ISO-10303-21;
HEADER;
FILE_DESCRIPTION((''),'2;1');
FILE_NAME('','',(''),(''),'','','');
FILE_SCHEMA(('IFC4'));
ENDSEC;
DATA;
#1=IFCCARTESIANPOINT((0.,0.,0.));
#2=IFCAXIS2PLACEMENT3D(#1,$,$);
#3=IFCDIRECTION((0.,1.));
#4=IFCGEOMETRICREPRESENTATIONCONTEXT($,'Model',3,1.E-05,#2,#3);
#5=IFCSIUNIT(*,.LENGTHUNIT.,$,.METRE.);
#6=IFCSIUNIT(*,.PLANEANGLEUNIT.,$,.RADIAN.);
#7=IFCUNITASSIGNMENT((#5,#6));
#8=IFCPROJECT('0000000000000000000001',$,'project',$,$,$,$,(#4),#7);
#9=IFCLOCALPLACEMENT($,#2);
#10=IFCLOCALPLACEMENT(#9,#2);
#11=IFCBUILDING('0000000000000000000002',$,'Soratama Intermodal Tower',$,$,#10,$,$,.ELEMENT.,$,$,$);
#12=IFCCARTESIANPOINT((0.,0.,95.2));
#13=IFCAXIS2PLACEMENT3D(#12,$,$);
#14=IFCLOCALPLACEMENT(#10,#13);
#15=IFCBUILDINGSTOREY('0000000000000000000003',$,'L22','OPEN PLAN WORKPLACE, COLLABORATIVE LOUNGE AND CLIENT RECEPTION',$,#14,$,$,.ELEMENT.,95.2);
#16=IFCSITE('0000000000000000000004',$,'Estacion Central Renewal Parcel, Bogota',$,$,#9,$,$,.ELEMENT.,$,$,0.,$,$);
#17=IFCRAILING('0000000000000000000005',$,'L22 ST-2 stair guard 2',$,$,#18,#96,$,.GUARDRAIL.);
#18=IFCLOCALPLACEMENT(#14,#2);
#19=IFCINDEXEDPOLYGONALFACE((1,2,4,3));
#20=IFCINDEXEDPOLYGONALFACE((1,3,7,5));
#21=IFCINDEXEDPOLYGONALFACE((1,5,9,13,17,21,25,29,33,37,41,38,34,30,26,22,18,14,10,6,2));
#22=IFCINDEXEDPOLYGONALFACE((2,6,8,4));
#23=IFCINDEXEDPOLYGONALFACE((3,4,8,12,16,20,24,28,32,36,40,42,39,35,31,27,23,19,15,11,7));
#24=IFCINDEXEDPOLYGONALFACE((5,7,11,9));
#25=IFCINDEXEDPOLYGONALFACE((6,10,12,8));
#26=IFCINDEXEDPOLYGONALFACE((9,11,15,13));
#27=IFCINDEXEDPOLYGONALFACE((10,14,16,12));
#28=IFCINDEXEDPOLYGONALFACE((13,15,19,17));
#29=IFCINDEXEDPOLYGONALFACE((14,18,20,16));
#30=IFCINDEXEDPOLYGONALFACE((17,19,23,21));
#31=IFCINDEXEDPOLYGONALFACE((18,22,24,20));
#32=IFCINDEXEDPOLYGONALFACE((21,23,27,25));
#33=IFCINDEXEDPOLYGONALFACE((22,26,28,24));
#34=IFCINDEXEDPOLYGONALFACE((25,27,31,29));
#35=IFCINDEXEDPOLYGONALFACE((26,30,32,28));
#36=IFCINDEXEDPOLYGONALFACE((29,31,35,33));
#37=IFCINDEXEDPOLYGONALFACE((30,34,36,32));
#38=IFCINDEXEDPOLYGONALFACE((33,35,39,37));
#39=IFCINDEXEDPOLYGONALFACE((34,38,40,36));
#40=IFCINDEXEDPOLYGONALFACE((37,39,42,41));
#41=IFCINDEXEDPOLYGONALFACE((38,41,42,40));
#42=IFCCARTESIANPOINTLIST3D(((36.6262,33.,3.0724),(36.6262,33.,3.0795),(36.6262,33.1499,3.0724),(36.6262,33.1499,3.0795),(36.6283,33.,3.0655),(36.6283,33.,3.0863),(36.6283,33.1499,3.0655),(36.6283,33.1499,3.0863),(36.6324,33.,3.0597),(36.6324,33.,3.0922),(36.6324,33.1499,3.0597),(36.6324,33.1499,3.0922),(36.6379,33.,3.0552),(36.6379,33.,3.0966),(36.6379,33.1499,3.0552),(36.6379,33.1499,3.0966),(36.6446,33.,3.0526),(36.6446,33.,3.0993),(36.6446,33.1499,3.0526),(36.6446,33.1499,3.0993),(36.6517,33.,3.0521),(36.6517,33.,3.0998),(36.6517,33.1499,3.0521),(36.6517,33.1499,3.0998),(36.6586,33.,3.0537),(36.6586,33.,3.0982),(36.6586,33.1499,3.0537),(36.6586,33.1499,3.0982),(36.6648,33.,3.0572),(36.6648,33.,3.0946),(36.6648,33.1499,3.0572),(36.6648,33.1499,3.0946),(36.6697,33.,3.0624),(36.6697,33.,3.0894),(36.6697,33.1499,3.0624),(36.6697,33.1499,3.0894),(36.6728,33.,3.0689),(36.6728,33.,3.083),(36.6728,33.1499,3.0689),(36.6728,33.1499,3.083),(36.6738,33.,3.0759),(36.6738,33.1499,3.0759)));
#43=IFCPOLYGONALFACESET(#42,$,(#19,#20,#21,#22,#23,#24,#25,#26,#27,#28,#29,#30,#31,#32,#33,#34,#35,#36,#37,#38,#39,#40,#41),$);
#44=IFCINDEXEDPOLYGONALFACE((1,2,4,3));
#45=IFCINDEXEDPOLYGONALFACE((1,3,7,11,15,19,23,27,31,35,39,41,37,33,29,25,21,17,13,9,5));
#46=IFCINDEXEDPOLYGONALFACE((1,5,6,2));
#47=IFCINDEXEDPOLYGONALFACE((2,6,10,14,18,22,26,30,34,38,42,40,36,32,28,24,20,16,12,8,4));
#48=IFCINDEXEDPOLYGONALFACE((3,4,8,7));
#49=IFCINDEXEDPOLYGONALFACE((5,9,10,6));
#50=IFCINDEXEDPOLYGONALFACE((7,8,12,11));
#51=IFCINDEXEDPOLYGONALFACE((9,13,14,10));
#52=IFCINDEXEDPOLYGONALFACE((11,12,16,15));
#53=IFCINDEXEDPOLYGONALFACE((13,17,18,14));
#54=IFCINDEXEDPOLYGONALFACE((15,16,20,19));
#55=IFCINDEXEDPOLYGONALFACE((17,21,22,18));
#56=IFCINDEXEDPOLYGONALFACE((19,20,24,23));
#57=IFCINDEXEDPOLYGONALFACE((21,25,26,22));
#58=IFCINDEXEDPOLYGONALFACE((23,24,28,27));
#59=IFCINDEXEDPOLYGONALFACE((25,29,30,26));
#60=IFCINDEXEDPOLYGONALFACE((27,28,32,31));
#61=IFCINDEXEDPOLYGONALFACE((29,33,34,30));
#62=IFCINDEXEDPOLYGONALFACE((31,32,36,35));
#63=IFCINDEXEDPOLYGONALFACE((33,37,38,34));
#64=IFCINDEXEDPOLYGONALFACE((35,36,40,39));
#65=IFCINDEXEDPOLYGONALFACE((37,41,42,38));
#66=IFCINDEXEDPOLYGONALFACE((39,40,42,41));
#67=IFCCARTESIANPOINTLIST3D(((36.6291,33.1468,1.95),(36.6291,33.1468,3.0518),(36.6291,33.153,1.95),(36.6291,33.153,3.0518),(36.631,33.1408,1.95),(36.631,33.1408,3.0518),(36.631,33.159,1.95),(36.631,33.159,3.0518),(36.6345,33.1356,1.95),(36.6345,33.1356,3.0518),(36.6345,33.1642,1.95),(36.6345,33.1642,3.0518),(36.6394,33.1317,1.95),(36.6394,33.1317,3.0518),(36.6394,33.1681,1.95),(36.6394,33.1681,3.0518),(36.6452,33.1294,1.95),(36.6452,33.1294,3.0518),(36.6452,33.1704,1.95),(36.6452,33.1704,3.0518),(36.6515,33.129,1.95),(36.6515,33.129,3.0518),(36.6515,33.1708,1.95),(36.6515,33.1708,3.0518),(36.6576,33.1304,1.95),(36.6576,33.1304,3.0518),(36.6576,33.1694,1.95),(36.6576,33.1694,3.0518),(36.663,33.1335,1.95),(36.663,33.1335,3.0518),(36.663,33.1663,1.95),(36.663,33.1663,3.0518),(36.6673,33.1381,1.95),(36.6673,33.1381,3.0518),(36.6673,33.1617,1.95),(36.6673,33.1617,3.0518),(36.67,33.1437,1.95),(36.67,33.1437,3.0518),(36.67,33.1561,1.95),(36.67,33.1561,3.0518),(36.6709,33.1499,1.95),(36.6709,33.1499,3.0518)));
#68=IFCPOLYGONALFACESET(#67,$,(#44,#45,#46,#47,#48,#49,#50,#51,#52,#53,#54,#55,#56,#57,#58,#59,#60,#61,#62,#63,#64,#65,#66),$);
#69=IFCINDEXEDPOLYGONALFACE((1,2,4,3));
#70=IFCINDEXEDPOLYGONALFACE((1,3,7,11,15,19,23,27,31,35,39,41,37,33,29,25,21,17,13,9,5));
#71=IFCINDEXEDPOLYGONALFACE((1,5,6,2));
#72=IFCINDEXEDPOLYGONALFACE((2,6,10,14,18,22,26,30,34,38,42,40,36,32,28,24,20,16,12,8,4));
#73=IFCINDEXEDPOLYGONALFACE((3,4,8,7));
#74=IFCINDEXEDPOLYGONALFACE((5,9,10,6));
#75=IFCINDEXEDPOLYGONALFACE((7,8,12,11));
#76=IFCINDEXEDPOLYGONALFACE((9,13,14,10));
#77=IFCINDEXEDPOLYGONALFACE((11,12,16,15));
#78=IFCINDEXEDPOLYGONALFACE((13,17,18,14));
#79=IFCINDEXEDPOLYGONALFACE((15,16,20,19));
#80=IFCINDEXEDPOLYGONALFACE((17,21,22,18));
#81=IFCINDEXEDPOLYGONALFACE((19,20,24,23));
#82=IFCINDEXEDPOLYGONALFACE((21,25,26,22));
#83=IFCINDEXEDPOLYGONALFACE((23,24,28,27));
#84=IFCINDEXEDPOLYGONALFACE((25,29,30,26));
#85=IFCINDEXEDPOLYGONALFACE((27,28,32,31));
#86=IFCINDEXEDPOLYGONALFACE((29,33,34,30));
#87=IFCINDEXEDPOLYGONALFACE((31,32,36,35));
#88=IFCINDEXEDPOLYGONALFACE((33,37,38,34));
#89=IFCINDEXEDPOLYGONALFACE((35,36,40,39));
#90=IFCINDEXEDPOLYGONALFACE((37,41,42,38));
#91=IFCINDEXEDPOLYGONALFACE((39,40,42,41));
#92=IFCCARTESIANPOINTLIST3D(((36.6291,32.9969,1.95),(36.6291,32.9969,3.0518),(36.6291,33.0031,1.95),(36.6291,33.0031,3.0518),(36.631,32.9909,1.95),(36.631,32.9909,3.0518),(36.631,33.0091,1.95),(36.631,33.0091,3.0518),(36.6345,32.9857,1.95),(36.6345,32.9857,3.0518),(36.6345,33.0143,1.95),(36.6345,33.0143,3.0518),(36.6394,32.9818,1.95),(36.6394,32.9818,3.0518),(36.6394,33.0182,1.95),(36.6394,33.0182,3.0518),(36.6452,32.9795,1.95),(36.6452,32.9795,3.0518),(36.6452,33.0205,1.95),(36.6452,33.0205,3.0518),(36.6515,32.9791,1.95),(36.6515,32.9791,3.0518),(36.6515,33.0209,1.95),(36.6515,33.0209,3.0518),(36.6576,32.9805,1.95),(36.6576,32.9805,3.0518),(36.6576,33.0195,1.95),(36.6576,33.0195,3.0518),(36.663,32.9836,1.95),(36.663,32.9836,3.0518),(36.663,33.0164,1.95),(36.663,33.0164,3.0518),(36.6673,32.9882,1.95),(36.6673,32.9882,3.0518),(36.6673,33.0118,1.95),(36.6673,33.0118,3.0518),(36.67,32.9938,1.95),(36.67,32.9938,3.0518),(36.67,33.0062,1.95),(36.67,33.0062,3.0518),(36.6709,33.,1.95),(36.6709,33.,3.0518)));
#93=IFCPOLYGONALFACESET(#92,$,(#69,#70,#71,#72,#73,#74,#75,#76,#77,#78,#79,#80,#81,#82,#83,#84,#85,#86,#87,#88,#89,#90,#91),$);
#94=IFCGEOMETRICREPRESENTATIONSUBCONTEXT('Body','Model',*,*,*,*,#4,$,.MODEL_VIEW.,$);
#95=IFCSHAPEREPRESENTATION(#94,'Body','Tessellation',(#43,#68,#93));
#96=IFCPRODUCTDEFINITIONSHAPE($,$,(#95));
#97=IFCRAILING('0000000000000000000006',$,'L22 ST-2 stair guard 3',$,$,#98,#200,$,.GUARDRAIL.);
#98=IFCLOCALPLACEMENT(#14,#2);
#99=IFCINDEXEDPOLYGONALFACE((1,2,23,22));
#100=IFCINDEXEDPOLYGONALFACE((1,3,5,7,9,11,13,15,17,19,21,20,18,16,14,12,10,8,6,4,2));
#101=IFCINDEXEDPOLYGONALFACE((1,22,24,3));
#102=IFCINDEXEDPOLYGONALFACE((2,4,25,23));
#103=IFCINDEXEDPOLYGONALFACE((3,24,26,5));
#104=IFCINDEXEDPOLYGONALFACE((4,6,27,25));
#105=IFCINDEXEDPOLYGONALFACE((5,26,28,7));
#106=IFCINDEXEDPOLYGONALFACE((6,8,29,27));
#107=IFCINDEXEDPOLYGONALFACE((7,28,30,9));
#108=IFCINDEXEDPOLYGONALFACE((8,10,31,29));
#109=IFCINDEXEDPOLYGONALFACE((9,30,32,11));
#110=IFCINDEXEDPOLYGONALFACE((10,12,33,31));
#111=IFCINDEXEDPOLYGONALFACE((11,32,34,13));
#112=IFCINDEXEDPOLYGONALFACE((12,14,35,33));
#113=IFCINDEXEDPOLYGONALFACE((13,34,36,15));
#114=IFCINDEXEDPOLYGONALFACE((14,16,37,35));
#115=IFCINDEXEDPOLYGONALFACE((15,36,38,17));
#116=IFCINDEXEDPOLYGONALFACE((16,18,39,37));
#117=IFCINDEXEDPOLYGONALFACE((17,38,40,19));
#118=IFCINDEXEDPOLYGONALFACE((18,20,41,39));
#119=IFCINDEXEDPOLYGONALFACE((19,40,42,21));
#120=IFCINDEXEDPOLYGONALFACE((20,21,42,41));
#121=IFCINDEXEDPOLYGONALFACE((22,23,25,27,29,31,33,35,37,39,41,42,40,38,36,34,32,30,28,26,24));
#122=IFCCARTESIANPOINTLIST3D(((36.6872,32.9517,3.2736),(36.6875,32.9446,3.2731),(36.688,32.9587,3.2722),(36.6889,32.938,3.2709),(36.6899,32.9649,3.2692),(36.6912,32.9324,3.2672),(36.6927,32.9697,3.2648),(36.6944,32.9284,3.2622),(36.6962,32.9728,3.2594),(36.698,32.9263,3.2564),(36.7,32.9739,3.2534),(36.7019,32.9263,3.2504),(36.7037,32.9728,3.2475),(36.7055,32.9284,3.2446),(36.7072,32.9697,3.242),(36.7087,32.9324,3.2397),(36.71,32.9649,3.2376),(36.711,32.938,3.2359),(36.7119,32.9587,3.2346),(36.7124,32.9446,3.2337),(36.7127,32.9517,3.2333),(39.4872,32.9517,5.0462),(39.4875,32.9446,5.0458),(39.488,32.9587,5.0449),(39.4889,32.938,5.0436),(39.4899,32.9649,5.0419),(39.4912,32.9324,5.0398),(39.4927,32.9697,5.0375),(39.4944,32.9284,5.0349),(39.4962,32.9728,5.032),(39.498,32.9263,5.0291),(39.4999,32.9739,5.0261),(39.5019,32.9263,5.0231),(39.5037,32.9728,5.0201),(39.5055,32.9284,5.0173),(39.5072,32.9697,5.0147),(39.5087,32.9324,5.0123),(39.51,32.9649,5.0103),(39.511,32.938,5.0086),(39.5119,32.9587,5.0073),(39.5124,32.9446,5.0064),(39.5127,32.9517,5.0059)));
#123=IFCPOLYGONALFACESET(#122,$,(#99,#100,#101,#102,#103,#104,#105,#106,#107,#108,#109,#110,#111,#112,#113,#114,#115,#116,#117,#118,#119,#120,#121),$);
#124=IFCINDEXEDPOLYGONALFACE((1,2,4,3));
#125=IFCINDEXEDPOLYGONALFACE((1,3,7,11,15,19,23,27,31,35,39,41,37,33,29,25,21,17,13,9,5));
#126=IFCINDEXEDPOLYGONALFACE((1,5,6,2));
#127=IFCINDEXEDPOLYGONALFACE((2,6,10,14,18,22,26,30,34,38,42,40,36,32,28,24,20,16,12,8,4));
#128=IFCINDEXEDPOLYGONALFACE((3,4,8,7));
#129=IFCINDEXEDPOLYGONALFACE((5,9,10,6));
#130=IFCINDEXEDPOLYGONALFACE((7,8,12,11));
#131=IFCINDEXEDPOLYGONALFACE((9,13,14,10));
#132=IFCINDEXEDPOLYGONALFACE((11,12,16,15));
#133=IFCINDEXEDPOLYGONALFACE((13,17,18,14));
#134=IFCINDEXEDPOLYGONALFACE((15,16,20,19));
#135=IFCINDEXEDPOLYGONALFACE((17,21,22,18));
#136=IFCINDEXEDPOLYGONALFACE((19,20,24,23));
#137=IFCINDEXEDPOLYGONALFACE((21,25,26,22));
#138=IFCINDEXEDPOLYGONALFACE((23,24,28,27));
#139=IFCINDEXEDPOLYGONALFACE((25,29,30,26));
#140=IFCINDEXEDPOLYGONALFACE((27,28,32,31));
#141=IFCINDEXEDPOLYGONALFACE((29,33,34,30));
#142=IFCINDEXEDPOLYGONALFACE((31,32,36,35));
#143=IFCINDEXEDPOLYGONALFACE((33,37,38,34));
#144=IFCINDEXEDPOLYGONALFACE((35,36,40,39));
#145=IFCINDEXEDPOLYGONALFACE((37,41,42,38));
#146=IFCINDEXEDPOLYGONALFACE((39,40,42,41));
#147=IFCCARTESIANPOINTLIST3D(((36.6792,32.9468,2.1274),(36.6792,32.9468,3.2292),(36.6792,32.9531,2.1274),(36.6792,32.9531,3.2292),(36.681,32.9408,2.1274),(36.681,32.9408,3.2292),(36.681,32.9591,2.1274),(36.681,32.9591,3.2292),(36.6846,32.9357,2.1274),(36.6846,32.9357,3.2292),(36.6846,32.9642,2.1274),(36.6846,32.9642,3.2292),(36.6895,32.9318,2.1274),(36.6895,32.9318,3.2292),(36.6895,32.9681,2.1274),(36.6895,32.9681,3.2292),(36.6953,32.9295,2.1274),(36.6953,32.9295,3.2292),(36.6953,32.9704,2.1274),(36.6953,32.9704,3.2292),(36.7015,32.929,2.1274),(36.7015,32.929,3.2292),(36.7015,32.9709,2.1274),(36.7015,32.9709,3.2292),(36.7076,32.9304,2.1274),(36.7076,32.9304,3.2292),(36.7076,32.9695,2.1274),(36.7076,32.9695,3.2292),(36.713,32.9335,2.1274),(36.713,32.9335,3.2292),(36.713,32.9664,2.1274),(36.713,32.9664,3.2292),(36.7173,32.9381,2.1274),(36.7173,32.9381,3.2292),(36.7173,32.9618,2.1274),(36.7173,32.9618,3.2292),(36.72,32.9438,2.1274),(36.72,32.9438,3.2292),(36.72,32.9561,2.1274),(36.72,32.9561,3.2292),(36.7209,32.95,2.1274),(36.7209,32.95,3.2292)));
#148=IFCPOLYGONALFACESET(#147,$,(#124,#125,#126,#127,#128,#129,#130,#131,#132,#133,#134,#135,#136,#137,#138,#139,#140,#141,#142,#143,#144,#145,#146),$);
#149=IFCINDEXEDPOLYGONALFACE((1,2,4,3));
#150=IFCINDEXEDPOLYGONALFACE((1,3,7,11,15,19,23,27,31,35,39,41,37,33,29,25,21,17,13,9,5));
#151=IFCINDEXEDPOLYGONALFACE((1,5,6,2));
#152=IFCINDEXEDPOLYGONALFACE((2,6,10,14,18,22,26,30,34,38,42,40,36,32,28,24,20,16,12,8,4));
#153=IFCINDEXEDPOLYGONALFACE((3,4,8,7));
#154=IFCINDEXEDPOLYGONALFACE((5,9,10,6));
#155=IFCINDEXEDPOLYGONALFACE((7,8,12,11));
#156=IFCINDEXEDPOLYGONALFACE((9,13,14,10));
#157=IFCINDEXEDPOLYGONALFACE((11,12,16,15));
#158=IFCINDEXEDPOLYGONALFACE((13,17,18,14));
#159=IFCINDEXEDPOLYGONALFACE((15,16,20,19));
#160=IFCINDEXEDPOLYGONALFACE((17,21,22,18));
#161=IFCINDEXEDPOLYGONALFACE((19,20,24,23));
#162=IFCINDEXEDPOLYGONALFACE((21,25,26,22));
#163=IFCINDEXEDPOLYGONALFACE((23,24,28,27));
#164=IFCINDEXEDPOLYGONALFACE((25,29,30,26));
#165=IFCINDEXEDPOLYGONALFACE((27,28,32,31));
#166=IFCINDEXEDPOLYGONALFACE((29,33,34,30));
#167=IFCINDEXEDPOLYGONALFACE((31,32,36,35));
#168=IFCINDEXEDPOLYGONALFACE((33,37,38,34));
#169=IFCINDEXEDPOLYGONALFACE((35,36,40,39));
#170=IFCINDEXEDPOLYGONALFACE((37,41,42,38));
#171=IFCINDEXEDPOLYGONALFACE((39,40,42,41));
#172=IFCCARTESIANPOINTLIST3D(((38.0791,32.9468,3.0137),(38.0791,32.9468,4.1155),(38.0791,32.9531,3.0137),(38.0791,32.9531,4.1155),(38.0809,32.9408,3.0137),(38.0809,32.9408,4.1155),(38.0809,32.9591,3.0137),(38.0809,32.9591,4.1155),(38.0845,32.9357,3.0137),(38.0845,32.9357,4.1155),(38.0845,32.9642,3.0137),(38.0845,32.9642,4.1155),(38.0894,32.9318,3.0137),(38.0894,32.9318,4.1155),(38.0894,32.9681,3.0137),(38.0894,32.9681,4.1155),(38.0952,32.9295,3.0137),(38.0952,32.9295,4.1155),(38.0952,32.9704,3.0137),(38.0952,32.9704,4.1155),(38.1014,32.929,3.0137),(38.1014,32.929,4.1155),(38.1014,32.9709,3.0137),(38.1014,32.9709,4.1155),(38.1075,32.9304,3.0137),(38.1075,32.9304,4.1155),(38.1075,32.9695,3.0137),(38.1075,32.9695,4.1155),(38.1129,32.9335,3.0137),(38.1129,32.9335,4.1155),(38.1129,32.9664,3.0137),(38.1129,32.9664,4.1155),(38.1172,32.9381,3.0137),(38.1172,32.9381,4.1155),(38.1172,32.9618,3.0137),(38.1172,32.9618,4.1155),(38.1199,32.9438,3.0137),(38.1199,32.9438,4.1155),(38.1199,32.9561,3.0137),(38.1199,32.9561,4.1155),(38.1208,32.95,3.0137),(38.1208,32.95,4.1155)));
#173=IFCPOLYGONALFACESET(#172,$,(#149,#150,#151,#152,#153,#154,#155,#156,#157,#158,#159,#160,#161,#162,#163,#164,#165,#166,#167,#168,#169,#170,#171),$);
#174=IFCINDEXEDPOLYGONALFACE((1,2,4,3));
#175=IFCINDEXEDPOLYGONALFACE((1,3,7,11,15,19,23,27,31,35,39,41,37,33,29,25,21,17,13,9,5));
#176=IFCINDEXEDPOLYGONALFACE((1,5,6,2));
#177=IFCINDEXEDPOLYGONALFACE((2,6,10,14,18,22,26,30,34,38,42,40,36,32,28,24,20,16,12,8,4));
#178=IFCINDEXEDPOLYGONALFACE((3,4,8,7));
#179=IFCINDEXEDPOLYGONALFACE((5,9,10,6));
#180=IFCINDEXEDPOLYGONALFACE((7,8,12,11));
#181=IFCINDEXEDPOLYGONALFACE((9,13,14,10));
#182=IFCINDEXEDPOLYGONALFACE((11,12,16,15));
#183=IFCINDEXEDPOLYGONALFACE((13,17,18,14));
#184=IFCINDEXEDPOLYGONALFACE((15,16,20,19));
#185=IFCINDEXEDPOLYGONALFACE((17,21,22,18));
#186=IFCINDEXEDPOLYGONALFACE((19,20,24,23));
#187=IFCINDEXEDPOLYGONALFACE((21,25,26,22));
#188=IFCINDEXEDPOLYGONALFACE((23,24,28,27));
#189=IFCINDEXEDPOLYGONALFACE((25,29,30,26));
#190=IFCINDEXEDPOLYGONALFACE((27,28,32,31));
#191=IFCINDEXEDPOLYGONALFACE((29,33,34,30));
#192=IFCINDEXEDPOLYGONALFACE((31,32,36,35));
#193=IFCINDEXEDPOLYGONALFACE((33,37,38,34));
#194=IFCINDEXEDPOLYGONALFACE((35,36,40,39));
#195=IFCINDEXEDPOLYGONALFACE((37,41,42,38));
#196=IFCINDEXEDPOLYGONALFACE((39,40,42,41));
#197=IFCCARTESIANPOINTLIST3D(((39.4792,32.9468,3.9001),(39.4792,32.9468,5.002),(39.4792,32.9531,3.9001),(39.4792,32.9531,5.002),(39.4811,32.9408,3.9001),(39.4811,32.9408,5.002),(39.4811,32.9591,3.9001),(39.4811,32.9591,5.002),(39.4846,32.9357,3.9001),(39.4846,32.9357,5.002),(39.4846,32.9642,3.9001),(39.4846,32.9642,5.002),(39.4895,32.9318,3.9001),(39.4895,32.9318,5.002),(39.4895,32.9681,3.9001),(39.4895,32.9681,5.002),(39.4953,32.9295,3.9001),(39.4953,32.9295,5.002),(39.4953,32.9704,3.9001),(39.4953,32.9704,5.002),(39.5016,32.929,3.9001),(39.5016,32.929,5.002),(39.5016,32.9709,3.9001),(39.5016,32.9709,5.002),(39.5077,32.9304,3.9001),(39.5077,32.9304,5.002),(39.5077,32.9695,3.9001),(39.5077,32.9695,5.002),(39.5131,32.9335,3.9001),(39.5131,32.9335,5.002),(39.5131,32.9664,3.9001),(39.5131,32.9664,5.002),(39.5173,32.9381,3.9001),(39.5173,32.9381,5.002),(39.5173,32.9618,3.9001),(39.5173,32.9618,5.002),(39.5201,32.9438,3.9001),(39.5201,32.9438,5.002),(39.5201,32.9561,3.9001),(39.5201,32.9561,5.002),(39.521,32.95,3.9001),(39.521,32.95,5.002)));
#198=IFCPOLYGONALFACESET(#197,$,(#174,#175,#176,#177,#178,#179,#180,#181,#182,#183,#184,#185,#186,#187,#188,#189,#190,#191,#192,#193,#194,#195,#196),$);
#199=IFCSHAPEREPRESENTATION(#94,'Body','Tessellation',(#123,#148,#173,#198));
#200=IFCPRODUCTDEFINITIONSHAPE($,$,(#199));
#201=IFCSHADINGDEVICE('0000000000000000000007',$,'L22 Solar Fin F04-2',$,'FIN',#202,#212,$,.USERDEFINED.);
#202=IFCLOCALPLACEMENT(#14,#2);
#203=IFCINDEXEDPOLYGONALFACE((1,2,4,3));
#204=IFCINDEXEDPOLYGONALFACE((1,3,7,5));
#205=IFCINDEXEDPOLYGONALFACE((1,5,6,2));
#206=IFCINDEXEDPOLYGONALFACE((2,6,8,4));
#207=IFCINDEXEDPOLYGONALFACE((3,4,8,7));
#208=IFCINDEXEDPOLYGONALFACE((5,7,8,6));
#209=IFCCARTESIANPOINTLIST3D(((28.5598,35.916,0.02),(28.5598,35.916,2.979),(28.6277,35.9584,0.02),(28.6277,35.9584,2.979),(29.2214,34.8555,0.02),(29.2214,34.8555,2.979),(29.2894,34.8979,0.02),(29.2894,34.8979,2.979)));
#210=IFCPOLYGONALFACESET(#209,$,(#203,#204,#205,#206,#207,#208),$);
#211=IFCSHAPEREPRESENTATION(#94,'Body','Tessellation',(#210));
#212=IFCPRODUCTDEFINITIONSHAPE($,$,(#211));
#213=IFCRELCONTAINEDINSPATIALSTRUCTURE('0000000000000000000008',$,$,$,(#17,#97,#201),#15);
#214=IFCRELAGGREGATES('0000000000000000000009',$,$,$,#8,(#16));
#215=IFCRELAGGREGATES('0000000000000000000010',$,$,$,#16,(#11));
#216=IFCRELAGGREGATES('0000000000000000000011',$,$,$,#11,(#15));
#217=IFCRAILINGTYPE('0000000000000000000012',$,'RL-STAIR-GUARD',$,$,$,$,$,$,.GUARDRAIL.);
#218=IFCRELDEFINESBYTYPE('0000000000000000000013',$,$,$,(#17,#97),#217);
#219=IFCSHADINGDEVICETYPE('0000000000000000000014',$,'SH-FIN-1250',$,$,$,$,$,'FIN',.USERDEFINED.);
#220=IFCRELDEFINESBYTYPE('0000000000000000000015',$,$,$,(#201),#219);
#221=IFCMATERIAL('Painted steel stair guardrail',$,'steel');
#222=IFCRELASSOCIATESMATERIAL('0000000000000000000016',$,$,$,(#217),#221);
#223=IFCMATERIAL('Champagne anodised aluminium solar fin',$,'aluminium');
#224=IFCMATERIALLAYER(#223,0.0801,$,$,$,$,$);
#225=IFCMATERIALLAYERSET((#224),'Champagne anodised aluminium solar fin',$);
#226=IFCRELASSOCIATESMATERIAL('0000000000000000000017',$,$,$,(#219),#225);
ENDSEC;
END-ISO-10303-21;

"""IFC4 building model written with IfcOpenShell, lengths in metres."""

from ifc_helpers import new_model, si_unit, direction, frame, origin, origin_2d, place, context, subcontext, project, spatial, rectangle, circle, extrude, material, layer, layer_set, type_object, element, save


model = new_model("IFC4")

# Units and contexts
model_context = context("Model", 3, precision=1e-05, world=origin(), true_north=direction((0.0, 1.0)))
body_context = subcontext(model_context, "Body", "Model", "MODEL_VIEW")
ifc_project = project(units=[si_unit("LENGTHUNIT", "METRE"), si_unit("PLANEANGLEUNIT", "RADIAN")], contexts=[model_context])

# Site, building, storey
site_placement = place(None, origin())
site = spatial("IfcSite", under=ifc_project, at=site_placement, Name="Estacion Central Renewal Parcel, Bogota", CompositionType="ELEMENT", RefElevation=0.0)
building_placement = place(site_placement, origin())
building = spatial("IfcBuilding", under=site, at=building_placement, Name="Soratama Intermodal Tower", CompositionType="ELEMENT")
storey_placement = place(building_placement, frame((0.0, 0.0, 95.2)))
storey = spatial("IfcBuildingStorey", under=building, at=storey_placement, Name="L22", Description="OPEN PLAN WORKPLACE, COLLABORATIVE LOUNGE AND CLIENT RECEPTION", CompositionType="ELEMENT", Elevation=95.2)

# Railings
ifc_material_1 = material(Name="Painted steel stair guardrail", Category="steel")
railing_type = type_object("IfcRailingType", Name="RL-STAIR-GUARD", PredefinedType="GUARDRAIL", material=ifc_material_1)
railing_1_placement = place(storey_placement, frame((36.6499, 33.1499, 1.95)))
element("IfcRailing", 1, at=railing_1_placement, inside=storey, type_object=railing_type, Name="L22 ST-2 stair guard 2", PredefinedType="GUARDRAIL", context=body_context, shape_type="SweptSolid", body=[
    extrude(circle(Radius=0.0239, at=origin_2d()), frame((0.0, 0.0, 1.126), z_axis=(0.0, -1.0, 0.0), x_axis=(1.0, 0.0, 0.0)), (0.0, 0.0, 1.0), 0.1499),
    extrude(circle(Radius=0.021, at=origin_2d()), origin(), (0.0, 0.0, 1.0), 1.1018),
    extrude(circle(Radius=0.021, at=origin_2d()), frame((0.0, -0.1499, 0.0)), (0.0, 0.0, 1.0), 1.1018),
])
railing_2_placement = place(storey_placement, frame((36.7, 32.95, 2.1274)))
element("IfcRailing", 2, at=railing_2_placement, inside=storey, type_object=railing_type, Name="L22 ST-2 stair guard 3", PredefinedType="GUARDRAIL", context=body_context, shape_type="SweptSolid", body=[
    extrude(circle(Radius=0.0239, at=origin_2d()), frame((0.0, 0.0, 1.126), z_axis=(0.844909, 0.0, 0.53491), x_axis=(0.0, 1.0, 0.0)), (0.0, 0.0, 1.0), 3.314),
    extrude(circle(Radius=0.021, at=origin_2d()), origin(), (0.0, 0.0, 1.0), 1.1018),
    extrude(circle(Radius=0.021, at=origin_2d()), frame((1.3999, 0.0, 0.8862)), (0.0, 0.0, 1.0), 1.1018),
    extrude(circle(Radius=0.021, at=origin_2d()), frame((2.8, 0.0, 1.7727)), (0.0, 0.0, 1.0), 1.1018),
])

# Shading device
ifc_material_2 = material(Name="Champagne anodised aluminium solar fin", Category="aluminium")
ifc_layer_1 = layer(ifc_material_2, 0.0801)
ifc_layer_set_1 = layer_set([ifc_layer_1], Name="Champagne anodised aluminium solar fin")
shading_device_type = type_object("IfcShadingDeviceType", Name="SH-FIN-1250", ElementType="FIN", PredefinedType="USERDEFINED", material=ifc_layer_set_1)
shading_device_placement = place(storey_placement, frame((28.9246, 35.407, 0.02), z_axis=(0.0, 0.0, 1.0), x_axis=(-0.529327, 0.848418, 0.0)))
element("IfcShadingDevice", 3, at=shading_device_placement, inside=storey, type_object=shading_device_type, Name="L22 Solar Fin F04-2", ObjectType="FIN", PredefinedType="USERDEFINED", context=body_context, shape_type="SweptSolid", body=[
    extrude(rectangle(XDim=1.25, YDim=0.0801, at=origin_2d()), origin(), (0.0, 0.0, 1.0), 2.959),
])

save(model, "model.ifc")
